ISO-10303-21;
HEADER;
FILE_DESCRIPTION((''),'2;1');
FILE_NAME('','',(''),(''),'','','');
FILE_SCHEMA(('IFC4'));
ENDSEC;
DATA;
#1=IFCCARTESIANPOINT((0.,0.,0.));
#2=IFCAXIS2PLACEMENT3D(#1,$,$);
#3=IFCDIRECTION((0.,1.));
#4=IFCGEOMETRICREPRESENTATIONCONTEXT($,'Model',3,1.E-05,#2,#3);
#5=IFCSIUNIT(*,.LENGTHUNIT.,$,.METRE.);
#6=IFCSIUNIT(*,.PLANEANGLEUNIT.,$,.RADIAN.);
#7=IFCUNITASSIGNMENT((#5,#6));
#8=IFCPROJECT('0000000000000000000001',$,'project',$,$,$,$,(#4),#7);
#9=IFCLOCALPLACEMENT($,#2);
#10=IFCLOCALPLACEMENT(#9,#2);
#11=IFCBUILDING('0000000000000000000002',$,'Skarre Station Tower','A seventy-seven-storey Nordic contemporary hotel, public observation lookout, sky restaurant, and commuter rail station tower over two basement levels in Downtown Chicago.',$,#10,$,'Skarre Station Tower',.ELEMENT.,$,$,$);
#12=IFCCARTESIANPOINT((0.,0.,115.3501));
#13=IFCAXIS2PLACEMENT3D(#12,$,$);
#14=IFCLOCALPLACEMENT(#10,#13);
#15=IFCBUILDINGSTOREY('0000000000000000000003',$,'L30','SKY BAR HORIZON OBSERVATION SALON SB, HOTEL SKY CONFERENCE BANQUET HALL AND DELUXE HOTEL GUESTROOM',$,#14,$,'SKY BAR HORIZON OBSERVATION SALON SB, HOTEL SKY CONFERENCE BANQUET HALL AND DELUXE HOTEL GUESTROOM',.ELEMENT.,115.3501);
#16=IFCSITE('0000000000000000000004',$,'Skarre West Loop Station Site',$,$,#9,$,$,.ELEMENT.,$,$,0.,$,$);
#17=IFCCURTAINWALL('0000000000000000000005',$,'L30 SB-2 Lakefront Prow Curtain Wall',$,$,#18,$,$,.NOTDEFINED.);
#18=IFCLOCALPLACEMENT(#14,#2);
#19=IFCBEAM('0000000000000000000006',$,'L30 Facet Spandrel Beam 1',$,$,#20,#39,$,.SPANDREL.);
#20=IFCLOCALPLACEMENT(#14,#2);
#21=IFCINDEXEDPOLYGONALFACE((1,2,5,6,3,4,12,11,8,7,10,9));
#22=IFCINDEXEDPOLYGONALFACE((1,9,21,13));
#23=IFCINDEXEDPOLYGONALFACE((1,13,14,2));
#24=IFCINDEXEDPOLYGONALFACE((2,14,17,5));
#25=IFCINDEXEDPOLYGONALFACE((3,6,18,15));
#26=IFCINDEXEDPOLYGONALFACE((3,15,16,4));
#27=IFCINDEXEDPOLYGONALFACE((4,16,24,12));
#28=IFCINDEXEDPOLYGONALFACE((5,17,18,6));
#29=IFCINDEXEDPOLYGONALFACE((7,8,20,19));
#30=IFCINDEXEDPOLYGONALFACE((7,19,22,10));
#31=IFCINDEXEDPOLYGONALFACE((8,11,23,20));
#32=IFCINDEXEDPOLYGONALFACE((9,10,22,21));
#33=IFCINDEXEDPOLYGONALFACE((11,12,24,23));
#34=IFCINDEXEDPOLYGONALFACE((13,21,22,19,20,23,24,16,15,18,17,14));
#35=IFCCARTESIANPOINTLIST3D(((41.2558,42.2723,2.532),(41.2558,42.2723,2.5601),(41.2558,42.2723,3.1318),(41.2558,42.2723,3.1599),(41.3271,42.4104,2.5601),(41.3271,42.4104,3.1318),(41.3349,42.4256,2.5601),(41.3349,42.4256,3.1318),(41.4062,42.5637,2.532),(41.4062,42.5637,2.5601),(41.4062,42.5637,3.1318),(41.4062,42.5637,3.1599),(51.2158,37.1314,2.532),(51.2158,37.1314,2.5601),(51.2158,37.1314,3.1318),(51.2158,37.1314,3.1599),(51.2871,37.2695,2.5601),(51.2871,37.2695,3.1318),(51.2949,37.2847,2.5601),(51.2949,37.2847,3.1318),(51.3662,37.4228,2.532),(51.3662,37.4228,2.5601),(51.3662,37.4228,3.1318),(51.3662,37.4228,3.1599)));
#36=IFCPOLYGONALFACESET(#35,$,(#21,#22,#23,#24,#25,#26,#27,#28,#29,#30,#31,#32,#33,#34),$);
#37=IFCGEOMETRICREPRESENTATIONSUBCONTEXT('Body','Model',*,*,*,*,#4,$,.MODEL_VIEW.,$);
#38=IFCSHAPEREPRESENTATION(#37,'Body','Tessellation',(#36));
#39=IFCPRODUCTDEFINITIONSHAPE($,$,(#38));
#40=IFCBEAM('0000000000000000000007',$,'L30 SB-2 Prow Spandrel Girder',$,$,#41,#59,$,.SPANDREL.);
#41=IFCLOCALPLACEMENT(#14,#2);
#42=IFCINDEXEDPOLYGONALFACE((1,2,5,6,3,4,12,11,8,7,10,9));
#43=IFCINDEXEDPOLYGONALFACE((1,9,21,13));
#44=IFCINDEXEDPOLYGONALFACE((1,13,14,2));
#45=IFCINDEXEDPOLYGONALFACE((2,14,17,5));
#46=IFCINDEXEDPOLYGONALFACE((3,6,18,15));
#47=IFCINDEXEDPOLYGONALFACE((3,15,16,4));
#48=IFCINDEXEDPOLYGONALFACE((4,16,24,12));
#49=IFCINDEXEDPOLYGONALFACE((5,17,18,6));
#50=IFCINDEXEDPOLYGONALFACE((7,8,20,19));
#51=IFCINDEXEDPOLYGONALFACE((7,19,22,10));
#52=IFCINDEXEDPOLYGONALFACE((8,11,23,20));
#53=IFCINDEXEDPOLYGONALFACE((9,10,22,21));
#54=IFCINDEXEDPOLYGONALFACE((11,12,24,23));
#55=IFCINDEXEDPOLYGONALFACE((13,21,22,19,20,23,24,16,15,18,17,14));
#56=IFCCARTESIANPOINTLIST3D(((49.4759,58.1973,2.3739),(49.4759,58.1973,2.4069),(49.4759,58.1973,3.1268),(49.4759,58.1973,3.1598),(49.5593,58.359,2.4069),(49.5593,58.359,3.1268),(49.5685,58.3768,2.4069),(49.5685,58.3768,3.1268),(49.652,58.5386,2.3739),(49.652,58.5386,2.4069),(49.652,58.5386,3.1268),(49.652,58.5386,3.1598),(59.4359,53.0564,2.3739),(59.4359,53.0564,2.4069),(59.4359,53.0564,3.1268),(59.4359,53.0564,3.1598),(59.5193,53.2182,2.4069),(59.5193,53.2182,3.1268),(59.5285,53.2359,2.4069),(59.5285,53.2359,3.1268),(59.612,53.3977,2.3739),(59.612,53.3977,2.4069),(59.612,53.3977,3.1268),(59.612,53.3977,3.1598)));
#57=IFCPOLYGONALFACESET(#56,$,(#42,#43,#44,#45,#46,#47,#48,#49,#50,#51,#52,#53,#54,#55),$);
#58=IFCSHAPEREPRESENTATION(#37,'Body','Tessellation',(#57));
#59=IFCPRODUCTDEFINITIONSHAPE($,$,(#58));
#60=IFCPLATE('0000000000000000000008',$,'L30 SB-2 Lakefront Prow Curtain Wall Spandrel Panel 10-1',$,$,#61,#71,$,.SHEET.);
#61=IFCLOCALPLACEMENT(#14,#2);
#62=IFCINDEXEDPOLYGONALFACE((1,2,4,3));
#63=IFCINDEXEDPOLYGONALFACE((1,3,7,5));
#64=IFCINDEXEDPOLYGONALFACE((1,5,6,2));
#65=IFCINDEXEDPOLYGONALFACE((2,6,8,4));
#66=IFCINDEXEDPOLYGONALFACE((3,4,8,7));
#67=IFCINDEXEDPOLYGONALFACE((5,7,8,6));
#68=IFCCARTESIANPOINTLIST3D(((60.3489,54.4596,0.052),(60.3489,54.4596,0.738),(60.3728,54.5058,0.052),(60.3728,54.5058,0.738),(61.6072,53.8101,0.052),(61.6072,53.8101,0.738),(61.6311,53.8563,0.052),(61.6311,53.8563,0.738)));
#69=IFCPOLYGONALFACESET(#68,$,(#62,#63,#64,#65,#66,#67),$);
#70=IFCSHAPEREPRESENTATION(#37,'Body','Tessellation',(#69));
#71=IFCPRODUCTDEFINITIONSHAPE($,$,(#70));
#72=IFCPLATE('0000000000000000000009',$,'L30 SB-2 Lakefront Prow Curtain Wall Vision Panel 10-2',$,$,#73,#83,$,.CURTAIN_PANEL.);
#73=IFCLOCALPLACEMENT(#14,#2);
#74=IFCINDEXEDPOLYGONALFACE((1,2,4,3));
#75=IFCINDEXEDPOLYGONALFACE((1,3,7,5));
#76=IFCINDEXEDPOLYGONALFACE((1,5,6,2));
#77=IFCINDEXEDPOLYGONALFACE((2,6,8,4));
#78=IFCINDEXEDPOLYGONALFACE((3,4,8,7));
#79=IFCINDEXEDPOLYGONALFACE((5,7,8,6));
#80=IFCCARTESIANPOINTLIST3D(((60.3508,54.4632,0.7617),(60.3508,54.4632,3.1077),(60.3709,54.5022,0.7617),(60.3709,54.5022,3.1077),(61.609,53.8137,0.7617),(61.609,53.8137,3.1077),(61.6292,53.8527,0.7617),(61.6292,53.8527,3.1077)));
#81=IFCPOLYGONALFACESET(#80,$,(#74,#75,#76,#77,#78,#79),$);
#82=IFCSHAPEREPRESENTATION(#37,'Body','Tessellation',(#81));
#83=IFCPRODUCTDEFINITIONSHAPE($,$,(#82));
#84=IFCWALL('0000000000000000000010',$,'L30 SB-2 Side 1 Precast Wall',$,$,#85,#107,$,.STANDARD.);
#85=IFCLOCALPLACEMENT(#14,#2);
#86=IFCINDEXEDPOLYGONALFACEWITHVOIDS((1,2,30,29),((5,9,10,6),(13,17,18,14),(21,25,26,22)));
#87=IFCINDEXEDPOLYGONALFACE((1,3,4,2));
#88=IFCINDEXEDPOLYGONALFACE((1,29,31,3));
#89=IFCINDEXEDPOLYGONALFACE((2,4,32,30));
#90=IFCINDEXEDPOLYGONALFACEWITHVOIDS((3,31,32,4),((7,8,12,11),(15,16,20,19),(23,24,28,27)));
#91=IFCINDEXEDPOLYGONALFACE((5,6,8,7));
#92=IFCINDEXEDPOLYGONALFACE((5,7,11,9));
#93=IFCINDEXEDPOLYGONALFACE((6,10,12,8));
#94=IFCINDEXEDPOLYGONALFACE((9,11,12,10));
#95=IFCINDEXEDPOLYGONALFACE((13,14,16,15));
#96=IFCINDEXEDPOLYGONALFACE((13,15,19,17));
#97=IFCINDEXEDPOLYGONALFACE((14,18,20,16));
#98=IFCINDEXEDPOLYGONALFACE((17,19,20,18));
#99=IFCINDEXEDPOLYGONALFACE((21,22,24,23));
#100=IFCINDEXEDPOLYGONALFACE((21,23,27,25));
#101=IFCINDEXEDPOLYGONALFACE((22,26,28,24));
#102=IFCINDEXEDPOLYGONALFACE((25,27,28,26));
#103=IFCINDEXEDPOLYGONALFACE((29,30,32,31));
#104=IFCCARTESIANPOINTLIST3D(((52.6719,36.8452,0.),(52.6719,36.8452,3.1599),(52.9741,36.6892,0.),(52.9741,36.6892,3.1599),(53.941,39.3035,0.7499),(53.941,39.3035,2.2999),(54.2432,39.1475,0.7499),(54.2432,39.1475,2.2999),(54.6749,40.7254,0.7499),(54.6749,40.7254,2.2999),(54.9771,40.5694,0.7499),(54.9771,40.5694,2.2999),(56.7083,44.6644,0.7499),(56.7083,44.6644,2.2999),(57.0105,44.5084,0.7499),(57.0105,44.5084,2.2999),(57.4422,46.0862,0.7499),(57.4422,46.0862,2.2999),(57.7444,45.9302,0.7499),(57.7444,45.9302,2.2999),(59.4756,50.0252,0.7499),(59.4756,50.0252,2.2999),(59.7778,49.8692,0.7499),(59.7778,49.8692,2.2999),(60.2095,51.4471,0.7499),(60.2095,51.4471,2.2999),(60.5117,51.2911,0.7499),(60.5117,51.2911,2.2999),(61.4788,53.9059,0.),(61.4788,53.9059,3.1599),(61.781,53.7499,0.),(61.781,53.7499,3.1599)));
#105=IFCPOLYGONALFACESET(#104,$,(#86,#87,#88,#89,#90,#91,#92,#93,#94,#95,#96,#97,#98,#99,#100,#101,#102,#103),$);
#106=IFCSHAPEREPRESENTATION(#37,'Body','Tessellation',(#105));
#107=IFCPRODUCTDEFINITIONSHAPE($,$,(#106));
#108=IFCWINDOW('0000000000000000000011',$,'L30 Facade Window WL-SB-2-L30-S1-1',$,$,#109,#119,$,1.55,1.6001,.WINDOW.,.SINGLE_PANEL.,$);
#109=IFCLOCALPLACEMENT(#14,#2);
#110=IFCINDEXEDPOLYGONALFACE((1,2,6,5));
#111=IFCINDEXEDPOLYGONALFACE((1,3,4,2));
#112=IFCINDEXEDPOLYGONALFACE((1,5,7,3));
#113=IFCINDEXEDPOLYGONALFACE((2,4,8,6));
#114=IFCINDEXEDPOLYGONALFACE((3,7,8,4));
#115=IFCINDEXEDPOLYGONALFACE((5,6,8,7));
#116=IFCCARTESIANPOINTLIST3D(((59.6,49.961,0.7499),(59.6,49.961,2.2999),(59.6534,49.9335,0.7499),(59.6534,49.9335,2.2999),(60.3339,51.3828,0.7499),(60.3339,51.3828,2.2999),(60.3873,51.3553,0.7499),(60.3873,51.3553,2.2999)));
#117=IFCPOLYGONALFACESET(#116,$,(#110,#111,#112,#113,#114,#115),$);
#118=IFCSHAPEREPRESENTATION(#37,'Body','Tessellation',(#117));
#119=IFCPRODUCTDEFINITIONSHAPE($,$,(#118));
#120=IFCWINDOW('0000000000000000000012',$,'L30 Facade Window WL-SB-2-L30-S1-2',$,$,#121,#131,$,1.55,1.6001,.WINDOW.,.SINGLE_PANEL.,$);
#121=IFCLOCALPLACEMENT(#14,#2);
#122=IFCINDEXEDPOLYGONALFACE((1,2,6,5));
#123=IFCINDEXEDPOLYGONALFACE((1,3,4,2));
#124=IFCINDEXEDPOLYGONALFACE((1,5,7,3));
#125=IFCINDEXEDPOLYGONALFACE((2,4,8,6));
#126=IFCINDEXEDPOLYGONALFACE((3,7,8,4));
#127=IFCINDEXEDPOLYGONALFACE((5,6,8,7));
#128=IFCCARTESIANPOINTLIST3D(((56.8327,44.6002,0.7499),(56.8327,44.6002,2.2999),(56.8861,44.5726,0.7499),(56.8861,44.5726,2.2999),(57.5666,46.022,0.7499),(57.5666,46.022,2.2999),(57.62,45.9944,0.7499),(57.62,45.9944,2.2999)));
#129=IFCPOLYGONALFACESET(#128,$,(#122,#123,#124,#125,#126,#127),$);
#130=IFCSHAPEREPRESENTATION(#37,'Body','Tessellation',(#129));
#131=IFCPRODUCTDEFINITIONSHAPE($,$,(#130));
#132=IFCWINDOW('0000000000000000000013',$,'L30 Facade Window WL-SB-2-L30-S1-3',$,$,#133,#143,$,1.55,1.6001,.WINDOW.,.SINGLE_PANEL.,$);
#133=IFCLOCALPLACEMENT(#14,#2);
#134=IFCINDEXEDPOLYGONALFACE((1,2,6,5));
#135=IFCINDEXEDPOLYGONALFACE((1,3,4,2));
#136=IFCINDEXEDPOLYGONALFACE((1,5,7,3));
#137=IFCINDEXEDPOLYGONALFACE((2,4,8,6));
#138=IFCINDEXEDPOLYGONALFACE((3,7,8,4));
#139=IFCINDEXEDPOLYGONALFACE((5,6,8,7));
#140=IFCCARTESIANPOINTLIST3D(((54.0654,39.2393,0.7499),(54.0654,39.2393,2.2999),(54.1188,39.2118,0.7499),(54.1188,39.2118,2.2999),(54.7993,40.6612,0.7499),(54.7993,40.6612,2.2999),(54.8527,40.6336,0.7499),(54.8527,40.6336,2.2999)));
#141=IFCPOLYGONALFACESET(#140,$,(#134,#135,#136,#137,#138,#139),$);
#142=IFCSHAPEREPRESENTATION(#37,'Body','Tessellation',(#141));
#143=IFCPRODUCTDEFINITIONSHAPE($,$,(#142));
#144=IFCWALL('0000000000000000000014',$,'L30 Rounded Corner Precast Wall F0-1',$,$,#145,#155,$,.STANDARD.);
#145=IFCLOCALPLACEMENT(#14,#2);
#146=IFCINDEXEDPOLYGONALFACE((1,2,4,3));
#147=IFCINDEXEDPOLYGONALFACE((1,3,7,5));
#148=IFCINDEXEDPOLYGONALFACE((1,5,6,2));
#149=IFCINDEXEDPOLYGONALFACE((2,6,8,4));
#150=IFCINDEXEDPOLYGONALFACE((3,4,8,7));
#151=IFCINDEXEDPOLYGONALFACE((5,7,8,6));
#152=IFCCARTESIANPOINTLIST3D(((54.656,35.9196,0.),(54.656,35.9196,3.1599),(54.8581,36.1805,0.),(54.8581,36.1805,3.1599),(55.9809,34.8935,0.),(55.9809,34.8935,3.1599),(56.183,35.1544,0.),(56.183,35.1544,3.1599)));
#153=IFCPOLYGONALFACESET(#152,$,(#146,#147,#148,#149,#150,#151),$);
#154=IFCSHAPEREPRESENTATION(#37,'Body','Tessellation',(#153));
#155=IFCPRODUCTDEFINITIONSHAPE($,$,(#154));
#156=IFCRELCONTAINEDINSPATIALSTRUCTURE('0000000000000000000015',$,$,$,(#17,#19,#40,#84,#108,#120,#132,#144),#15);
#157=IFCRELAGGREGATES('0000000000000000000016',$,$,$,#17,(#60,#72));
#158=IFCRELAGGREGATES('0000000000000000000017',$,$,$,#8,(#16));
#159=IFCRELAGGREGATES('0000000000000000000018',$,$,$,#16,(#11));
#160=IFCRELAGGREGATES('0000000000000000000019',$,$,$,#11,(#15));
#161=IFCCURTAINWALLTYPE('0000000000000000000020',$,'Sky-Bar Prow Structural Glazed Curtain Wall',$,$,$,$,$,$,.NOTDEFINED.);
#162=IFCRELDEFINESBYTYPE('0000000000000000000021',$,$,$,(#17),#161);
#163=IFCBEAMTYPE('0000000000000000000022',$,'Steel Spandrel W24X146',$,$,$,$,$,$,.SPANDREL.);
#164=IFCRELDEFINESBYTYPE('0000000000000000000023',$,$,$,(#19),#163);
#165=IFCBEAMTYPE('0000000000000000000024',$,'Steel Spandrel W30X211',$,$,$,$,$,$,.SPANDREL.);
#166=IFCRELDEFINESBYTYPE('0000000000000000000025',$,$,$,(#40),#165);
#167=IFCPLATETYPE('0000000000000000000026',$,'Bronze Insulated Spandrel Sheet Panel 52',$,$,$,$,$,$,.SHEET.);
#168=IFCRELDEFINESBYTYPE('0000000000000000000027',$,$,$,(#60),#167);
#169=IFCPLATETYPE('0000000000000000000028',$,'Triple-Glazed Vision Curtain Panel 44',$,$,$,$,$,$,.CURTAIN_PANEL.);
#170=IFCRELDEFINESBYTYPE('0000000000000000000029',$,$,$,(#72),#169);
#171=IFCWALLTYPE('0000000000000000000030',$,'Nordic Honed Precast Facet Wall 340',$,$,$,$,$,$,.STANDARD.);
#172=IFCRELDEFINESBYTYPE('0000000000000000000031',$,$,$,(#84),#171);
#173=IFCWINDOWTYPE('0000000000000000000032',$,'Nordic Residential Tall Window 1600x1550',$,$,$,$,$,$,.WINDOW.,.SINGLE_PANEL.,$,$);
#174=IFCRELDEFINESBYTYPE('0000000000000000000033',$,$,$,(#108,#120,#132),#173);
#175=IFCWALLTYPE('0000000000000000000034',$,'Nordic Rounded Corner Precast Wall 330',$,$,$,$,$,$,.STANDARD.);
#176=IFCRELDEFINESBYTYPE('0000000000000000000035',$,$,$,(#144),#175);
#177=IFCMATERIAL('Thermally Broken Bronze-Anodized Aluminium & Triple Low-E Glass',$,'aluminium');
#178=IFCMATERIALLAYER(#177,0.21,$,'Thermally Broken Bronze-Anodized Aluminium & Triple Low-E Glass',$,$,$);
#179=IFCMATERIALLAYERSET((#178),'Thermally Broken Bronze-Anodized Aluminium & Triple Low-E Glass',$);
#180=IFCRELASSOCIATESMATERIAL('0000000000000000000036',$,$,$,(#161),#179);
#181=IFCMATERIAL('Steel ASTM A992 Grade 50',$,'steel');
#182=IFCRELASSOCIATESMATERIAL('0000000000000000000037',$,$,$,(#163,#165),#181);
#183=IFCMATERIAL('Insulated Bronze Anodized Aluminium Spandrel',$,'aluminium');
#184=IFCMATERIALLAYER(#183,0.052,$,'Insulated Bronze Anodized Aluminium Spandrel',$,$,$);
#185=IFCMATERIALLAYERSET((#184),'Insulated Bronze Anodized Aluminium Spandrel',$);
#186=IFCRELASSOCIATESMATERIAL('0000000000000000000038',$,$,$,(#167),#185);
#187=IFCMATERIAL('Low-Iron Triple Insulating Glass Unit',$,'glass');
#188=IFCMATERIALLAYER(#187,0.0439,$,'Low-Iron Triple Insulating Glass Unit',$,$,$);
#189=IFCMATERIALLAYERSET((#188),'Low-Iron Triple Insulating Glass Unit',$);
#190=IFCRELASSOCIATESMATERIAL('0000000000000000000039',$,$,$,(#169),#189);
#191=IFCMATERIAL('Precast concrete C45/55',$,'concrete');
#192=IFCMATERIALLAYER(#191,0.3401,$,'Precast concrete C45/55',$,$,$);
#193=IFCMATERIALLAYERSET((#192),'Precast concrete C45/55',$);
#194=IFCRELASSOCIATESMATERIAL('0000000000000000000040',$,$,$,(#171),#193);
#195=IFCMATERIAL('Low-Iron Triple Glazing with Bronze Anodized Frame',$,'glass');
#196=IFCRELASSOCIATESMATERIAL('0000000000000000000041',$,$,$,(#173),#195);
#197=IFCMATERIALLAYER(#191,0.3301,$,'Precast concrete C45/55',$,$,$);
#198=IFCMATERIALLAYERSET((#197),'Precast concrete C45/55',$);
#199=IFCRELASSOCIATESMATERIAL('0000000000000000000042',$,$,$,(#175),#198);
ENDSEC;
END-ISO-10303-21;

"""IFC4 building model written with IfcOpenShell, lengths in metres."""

from ifc_helpers import new_model, si_unit, direction, frame, frame_2d, origin, origin_2d, place, context, subcontext, project, spatial, rectangle, i_section, extrude, material, layer, layer_set, material_profile, profile_set, type_object, element, fill, aggregate, save


model = new_model("IFC4")

# Units and contexts
model_context = context("Model", 3, precision=1e-05, world=origin(), true_north=direction((0.0, 1.0)))
body_context = subcontext(model_context, "Body", "Model", "MODEL_VIEW")
ifc_project = project(units=[si_unit("LENGTHUNIT", "METRE"), si_unit("PLANEANGLEUNIT", "RADIAN")], contexts=[model_context])

# Site, building, storey
site_placement = place(None, origin())
site = spatial("IfcSite", under=ifc_project, at=site_placement, Name="Skarre West Loop Station Site", CompositionType="ELEMENT", RefElevation=0.0)
building_placement = place(site_placement, origin())
building = spatial("IfcBuilding", under=site, at=building_placement, Name="Skarre Station Tower", Description="A seventy-seven-storey Nordic contemporary hotel, public observation lookout, sky restaurant, and commuter rail station tower over two basement levels in Downtown Chicago.", LongName="Skarre Station Tower", CompositionType="ELEMENT")
storey_placement = place(building_placement, frame((0.0, 0.0, 115.3501)))
storey = spatial("IfcBuildingStorey", under=building, at=storey_placement, Name="L30", Description="SKY BAR HORIZON OBSERVATION SALON SB, HOTEL SKY CONFERENCE BANQUET HALL AND DELUXE HOTEL GUESTROOM", LongName="SKY BAR HORIZON OBSERVATION SALON SB, HOTEL SKY CONFERENCE BANQUET HALL AND DELUXE HOTEL GUESTROOM", CompositionType="ELEMENT", Elevation=115.3501)

# Curtain wall
ifc_material_1 = material(Name="Thermally Broken Bronze-Anodized Aluminium & Triple Low-E Glass", Category="aluminium")
ifc_layer_1 = layer(ifc_material_1, 0.21, Name="Thermally Broken Bronze-Anodized Aluminium & Triple Low-E Glass")
ifc_layer_set_1 = layer_set([ifc_layer_1], Name="Thermally Broken Bronze-Anodized Aluminium & Triple Low-E Glass")
curtain_wall_type = type_object("IfcCurtainWallType", Name="Sky-Bar Prow Structural Glazed Curtain Wall", PredefinedType="NOTDEFINED", material=ifc_layer_set_1)
curtain_wall_placement = place(storey_placement, origin())
curtain_wall = element("IfcCurtainWall", 1, at=curtain_wall_placement, inside=storey, type_object=curtain_wall_type, Name="L30 SB-2 Lakefront Prow Curtain Wall", PredefinedType="NOTDEFINED")

# Beams
ifc_material_2 = material(Name="Steel ASTM A992 Grade 50", Category="steel")
ifc_material_profile_1 = material_profile(ifc_material_2, i_section(OverallWidth=0.3279, OverallDepth=0.6279, WebThickness=0.0171, FlangeThickness=0.0281, at=origin_2d()), Name="Steel ASTM A992 Grade 50")
ifc_profile_set_1 = profile_set([ifc_material_profile_1], Name="Steel ASTM A992 Grade 50")
beam_type_1 = type_object("IfcBeamType", Name="Steel Spandrel W24X146", PredefinedType="SPANDREL", material=ifc_profile_set_1)
beam_1_placement = place(storey_placement, frame((51.291, 37.2771, 2.8459), z_axis=(-0.888612, 0.45866, 0.0), x_axis=(-0.45866, -0.888612, 0.0)))
element("IfcBeam", 2, at=beam_1_placement, inside=storey, type_object=beam_type_1, Name="L30 Facet Spandrel Beam 1", PredefinedType="SPANDREL", context=body_context, shape_type="SweptSolid", body=[
    extrude(i_section(OverallWidth=0.3279, OverallDepth=0.6279, WebThickness=0.0171, FlangeThickness=0.0281, at=origin_2d()), origin(), (0.0, 0.0, 1.0), 11.2085),
])
ifc_material_profile_2 = material_profile(ifc_material_2, i_section(OverallWidth=0.384, OverallDepth=0.7859, WebThickness=0.02, FlangeThickness=0.033, at=origin_2d()), Name="Steel ASTM A992 Grade 50")
ifc_profile_set_2 = profile_set([ifc_material_profile_2], Name="Steel ASTM A992 Grade 50")
beam_type_2 = type_object("IfcBeamType", Name="Steel Spandrel W30X211", PredefinedType="SPANDREL", material=ifc_profile_set_2)
beam_2_placement = place(storey_placement, frame((59.5239, 53.2271, 2.7668), z_axis=(-0.888612, 0.45866, 0.0), x_axis=(-0.45866, -0.888612, 0.0)))
element("IfcBeam", 3, at=beam_2_placement, inside=storey, type_object=beam_type_2, Name="L30 SB-2 Prow Spandrel Girder", PredefinedType="SPANDREL", context=body_context, shape_type="SweptSolid", body=[
    extrude(i_section(OverallWidth=0.384, OverallDepth=0.7859, WebThickness=0.02, FlangeThickness=0.033, at=origin_2d()), origin(), (0.0, 0.0, 1.0), 11.2085),
])

# Plates
ifc_material_3 = material(Name="Insulated Bronze Anodized Aluminium Spandrel", Category="aluminium")
ifc_layer_2 = layer(ifc_material_3, 0.052, Name="Insulated Bronze Anodized Aluminium Spandrel")
ifc_layer_set_2 = layer_set([ifc_layer_2], Name="Insulated Bronze Anodized Aluminium Spandrel")
plate_type_1 = type_object("IfcPlateType", Name="Bronze Insulated Spandrel Sheet Panel 52", PredefinedType="SHEET", material=ifc_layer_set_2)
plate_1_placement = place(storey_placement, frame((60.99, 54.158, 0.052), z_axis=(0.0, 0.0, 1.0), x_axis=(0.888601, -0.458681, 0.0)))
plate_1 = element("IfcPlate", 4, at=plate_1_placement, type_object=plate_type_1, Name="L30 SB-2 Lakefront Prow Curtain Wall Spandrel Panel 10-1", PredefinedType="SHEET", context=body_context, shape_type="SweptSolid", body=[
    extrude(rectangle(XDim=1.416, YDim=0.052, at=origin_2d()), origin(), (0.0, 0.0, 1.0), 0.686),
])
ifc_material_4 = material(Name="Low-Iron Triple Insulating Glass Unit", Category="glass")
ifc_layer_3 = layer(ifc_material_4, 0.0439, Name="Low-Iron Triple Insulating Glass Unit")
ifc_layer_set_3 = layer_set([ifc_layer_3], Name="Low-Iron Triple Insulating Glass Unit")
plate_type_2 = type_object("IfcPlateType", Name="Triple-Glazed Vision Curtain Panel 44", PredefinedType="CURTAIN_PANEL", material=ifc_layer_set_3)
plate_2_placement = place(storey_placement, frame((60.99, 54.158, 0.7617), z_axis=(0.0, 0.0, 1.0), x_axis=(0.888601, -0.458681, 0.0)))
plate_2 = element("IfcPlate", 5, at=plate_2_placement, type_object=plate_type_2, Name="L30 SB-2 Lakefront Prow Curtain Wall Vision Panel 10-2", PredefinedType="CURTAIN_PANEL", context=body_context, shape_type="SweptSolid", body=[
    extrude(rectangle(XDim=1.416, YDim=0.0439, at=origin_2d()), origin(), (0.0, 0.0, 1.0), 2.3459),
])
aggregate(curtain_wall, [plate_1, plate_2])

# Wall, openings, windows
ifc_material_5 = material(Name="Precast concrete C45/55", Category="concrete")
ifc_layer_4 = layer(ifc_material_5, 0.3401, Name="Precast concrete C45/55")
ifc_layer_set_4 = layer_set([ifc_layer_4], Name="Precast concrete C45/55")
wall_type_1 = type_object("IfcWallType", Name="Nordic Honed Precast Facet Wall 340", PredefinedType="STANDARD", material=ifc_layer_set_4)
wall_1_placement = place(storey_placement, frame((61.6299, 53.8279, 0.0), z_axis=(0.0, 0.0, 1.0), x_axis=(-0.458697, -0.888593, 0.0)))
wall_1 = element("IfcWall", 6, at=wall_1_placement, inside=storey, type_object=wall_type_1, Name="L30 SB-2 Side 1 Precast Wall", PredefinedType="STANDARD", context=body_context, shape_type="SweptSolid", body=[
    extrude(rectangle(XDim=19.1997, YDim=0.3401, at=frame_2d((9.5999, 0.0))), origin(), (0.0, 0.0, 1.0), 3.1599),
])
opening_1_placement = place(wall_1_placement, frame((2.7671, 0.0, 0.75)))
opening_1 = element("IfcOpeningElement", 7, at=opening_1_placement, cuts=wall_1, PredefinedType="OPENING", context=body_context, shape_type="SweptSolid", body=[
    extrude(rectangle(XDim=1.6001, YDim=1.55, at=frame_2d((0.8, 0.7749))), frame((0.0, 0.1799, 0.0), z_axis=(0.0, -1.0, 0.0), x_axis=(1.0, 0.0, 0.0)), (0.0, 0.0, 1.0), 0.3601),
])
opening_2_placement = place(wall_1_placement, frame((8.8, 0.0, 0.75)))
opening_2 = element("IfcOpeningElement", 8, at=opening_2_placement, cuts=wall_1, PredefinedType="OPENING", context=body_context, shape_type="SweptSolid", body=[
    extrude(rectangle(XDim=1.6001, YDim=1.55, at=frame_2d((0.8, 0.7749))), frame((0.0, 0.1799, 0.0), z_axis=(0.0, -1.0, 0.0), x_axis=(1.0, 0.0, 0.0)), (0.0, 0.0, 1.0), 0.3601),
])
opening_3_placement = place(wall_1_placement, frame((14.833, 0.0, 0.75)))
opening_3 = element("IfcOpeningElement", 9, at=opening_3_placement, cuts=wall_1, PredefinedType="OPENING", context=body_context, shape_type="SweptSolid", body=[
    extrude(rectangle(XDim=1.6001, YDim=1.55, at=frame_2d((0.8, 0.7749))), frame((0.0, 0.1799, 0.0), z_axis=(0.0, -1.0, 0.0), x_axis=(1.0, 0.0, 0.0)), (0.0, 0.0, 1.0), 0.3601),
])
ifc_material_6 = material(Name="Low-Iron Triple Glazing with Bronze Anodized Frame", Category="glass")
window_type = type_object("IfcWindowType", Name="Nordic Residential Tall Window 1600x1550", PartitioningType="SINGLE_PANEL", PredefinedType="WINDOW", material=ifc_material_6)
window_1_placement = place(opening_1_placement, origin())
window_1 = element("IfcWindow", 10, at=window_1_placement, inside=storey, type_object=window_type, Name="L30 Facade Window WL-SB-2-L30-S1-1", OverallHeight=1.55, OverallWidth=1.6001, PartitioningType="SINGLE_PANEL", PredefinedType="WINDOW", context=body_context, shape_type="SweptSolid", body=[
    extrude(rectangle(XDim=1.6001, YDim=1.55, at=frame_2d((0.8, 0.7749))), frame((0.0, 0.03, 0.0), z_axis=(0.0, -1.0, 0.0), x_axis=(1.0, 0.0, 0.0)), (0.0, 0.0, 1.0), 0.0601),
])
fill(opening_1, window_1)
window_2_placement = place(opening_2_placement, origin())
window_2 = element("IfcWindow", 11, at=window_2_placement, inside=storey, type_object=window_type, Name="L30 Facade Window WL-SB-2-L30-S1-2", OverallHeight=1.55, OverallWidth=1.6001, PartitioningType="SINGLE_PANEL", PredefinedType="WINDOW", context=body_context, shape_type="SweptSolid", body=[
    extrude(rectangle(XDim=1.6001, YDim=1.55, at=frame_2d((0.8, 0.7749))), frame((0.0, 0.03, 0.0), z_axis=(0.0, -1.0, 0.0), x_axis=(1.0, 0.0, 0.0)), (0.0, 0.0, 1.0), 0.0601),
])
fill(opening_2, window_2)
window_3_placement = place(opening_3_placement, origin())
window_3 = element("IfcWindow", 12, at=window_3_placement, inside=storey, type_object=window_type, Name="L30 Facade Window WL-SB-2-L30-S1-3", OverallHeight=1.55, OverallWidth=1.6001, PartitioningType="SINGLE_PANEL", PredefinedType="WINDOW", context=body_context, shape_type="SweptSolid", body=[
    extrude(rectangle(XDim=1.6001, YDim=1.55, at=frame_2d((0.8, 0.7749))), frame((0.0, 0.03, 0.0), z_axis=(0.0, -1.0, 0.0), x_axis=(1.0, 0.0, 0.0)), (0.0, 0.0, 1.0), 0.0601),
])
fill(opening_3, window_3)

# Wall
ifc_layer_5 = layer(ifc_material_5, 0.3301, Name="Precast concrete C45/55")
ifc_layer_set_5 = layer_set([ifc_layer_5], Name="Precast concrete C45/55")
wall_type_2 = type_object("IfcWallType", Name="Nordic Rounded Corner Precast Wall 330", PredefinedType="STANDARD", material=ifc_layer_set_5)
wall_2_placement = place(storey_placement, frame((54.7571, 36.05, 0.0), z_axis=(0.0, 0.0, 1.0), x_axis=(0.790621, -0.612305, 0.0)))
element("IfcWall", 13, at=wall_2_placement, inside=storey, type_object=wall_type_2, Name="L30 Rounded Corner Precast Wall F0-1", PredefinedType="STANDARD", context=body_context, shape_type="SweptSolid", body=[
    extrude(rectangle(XDim=1.6758, YDim=0.3301, at=frame_2d((0.8379, 0.0))), origin(), (0.0, 0.0, 1.0), 3.1599),
])

save(model, "model.ifc")
